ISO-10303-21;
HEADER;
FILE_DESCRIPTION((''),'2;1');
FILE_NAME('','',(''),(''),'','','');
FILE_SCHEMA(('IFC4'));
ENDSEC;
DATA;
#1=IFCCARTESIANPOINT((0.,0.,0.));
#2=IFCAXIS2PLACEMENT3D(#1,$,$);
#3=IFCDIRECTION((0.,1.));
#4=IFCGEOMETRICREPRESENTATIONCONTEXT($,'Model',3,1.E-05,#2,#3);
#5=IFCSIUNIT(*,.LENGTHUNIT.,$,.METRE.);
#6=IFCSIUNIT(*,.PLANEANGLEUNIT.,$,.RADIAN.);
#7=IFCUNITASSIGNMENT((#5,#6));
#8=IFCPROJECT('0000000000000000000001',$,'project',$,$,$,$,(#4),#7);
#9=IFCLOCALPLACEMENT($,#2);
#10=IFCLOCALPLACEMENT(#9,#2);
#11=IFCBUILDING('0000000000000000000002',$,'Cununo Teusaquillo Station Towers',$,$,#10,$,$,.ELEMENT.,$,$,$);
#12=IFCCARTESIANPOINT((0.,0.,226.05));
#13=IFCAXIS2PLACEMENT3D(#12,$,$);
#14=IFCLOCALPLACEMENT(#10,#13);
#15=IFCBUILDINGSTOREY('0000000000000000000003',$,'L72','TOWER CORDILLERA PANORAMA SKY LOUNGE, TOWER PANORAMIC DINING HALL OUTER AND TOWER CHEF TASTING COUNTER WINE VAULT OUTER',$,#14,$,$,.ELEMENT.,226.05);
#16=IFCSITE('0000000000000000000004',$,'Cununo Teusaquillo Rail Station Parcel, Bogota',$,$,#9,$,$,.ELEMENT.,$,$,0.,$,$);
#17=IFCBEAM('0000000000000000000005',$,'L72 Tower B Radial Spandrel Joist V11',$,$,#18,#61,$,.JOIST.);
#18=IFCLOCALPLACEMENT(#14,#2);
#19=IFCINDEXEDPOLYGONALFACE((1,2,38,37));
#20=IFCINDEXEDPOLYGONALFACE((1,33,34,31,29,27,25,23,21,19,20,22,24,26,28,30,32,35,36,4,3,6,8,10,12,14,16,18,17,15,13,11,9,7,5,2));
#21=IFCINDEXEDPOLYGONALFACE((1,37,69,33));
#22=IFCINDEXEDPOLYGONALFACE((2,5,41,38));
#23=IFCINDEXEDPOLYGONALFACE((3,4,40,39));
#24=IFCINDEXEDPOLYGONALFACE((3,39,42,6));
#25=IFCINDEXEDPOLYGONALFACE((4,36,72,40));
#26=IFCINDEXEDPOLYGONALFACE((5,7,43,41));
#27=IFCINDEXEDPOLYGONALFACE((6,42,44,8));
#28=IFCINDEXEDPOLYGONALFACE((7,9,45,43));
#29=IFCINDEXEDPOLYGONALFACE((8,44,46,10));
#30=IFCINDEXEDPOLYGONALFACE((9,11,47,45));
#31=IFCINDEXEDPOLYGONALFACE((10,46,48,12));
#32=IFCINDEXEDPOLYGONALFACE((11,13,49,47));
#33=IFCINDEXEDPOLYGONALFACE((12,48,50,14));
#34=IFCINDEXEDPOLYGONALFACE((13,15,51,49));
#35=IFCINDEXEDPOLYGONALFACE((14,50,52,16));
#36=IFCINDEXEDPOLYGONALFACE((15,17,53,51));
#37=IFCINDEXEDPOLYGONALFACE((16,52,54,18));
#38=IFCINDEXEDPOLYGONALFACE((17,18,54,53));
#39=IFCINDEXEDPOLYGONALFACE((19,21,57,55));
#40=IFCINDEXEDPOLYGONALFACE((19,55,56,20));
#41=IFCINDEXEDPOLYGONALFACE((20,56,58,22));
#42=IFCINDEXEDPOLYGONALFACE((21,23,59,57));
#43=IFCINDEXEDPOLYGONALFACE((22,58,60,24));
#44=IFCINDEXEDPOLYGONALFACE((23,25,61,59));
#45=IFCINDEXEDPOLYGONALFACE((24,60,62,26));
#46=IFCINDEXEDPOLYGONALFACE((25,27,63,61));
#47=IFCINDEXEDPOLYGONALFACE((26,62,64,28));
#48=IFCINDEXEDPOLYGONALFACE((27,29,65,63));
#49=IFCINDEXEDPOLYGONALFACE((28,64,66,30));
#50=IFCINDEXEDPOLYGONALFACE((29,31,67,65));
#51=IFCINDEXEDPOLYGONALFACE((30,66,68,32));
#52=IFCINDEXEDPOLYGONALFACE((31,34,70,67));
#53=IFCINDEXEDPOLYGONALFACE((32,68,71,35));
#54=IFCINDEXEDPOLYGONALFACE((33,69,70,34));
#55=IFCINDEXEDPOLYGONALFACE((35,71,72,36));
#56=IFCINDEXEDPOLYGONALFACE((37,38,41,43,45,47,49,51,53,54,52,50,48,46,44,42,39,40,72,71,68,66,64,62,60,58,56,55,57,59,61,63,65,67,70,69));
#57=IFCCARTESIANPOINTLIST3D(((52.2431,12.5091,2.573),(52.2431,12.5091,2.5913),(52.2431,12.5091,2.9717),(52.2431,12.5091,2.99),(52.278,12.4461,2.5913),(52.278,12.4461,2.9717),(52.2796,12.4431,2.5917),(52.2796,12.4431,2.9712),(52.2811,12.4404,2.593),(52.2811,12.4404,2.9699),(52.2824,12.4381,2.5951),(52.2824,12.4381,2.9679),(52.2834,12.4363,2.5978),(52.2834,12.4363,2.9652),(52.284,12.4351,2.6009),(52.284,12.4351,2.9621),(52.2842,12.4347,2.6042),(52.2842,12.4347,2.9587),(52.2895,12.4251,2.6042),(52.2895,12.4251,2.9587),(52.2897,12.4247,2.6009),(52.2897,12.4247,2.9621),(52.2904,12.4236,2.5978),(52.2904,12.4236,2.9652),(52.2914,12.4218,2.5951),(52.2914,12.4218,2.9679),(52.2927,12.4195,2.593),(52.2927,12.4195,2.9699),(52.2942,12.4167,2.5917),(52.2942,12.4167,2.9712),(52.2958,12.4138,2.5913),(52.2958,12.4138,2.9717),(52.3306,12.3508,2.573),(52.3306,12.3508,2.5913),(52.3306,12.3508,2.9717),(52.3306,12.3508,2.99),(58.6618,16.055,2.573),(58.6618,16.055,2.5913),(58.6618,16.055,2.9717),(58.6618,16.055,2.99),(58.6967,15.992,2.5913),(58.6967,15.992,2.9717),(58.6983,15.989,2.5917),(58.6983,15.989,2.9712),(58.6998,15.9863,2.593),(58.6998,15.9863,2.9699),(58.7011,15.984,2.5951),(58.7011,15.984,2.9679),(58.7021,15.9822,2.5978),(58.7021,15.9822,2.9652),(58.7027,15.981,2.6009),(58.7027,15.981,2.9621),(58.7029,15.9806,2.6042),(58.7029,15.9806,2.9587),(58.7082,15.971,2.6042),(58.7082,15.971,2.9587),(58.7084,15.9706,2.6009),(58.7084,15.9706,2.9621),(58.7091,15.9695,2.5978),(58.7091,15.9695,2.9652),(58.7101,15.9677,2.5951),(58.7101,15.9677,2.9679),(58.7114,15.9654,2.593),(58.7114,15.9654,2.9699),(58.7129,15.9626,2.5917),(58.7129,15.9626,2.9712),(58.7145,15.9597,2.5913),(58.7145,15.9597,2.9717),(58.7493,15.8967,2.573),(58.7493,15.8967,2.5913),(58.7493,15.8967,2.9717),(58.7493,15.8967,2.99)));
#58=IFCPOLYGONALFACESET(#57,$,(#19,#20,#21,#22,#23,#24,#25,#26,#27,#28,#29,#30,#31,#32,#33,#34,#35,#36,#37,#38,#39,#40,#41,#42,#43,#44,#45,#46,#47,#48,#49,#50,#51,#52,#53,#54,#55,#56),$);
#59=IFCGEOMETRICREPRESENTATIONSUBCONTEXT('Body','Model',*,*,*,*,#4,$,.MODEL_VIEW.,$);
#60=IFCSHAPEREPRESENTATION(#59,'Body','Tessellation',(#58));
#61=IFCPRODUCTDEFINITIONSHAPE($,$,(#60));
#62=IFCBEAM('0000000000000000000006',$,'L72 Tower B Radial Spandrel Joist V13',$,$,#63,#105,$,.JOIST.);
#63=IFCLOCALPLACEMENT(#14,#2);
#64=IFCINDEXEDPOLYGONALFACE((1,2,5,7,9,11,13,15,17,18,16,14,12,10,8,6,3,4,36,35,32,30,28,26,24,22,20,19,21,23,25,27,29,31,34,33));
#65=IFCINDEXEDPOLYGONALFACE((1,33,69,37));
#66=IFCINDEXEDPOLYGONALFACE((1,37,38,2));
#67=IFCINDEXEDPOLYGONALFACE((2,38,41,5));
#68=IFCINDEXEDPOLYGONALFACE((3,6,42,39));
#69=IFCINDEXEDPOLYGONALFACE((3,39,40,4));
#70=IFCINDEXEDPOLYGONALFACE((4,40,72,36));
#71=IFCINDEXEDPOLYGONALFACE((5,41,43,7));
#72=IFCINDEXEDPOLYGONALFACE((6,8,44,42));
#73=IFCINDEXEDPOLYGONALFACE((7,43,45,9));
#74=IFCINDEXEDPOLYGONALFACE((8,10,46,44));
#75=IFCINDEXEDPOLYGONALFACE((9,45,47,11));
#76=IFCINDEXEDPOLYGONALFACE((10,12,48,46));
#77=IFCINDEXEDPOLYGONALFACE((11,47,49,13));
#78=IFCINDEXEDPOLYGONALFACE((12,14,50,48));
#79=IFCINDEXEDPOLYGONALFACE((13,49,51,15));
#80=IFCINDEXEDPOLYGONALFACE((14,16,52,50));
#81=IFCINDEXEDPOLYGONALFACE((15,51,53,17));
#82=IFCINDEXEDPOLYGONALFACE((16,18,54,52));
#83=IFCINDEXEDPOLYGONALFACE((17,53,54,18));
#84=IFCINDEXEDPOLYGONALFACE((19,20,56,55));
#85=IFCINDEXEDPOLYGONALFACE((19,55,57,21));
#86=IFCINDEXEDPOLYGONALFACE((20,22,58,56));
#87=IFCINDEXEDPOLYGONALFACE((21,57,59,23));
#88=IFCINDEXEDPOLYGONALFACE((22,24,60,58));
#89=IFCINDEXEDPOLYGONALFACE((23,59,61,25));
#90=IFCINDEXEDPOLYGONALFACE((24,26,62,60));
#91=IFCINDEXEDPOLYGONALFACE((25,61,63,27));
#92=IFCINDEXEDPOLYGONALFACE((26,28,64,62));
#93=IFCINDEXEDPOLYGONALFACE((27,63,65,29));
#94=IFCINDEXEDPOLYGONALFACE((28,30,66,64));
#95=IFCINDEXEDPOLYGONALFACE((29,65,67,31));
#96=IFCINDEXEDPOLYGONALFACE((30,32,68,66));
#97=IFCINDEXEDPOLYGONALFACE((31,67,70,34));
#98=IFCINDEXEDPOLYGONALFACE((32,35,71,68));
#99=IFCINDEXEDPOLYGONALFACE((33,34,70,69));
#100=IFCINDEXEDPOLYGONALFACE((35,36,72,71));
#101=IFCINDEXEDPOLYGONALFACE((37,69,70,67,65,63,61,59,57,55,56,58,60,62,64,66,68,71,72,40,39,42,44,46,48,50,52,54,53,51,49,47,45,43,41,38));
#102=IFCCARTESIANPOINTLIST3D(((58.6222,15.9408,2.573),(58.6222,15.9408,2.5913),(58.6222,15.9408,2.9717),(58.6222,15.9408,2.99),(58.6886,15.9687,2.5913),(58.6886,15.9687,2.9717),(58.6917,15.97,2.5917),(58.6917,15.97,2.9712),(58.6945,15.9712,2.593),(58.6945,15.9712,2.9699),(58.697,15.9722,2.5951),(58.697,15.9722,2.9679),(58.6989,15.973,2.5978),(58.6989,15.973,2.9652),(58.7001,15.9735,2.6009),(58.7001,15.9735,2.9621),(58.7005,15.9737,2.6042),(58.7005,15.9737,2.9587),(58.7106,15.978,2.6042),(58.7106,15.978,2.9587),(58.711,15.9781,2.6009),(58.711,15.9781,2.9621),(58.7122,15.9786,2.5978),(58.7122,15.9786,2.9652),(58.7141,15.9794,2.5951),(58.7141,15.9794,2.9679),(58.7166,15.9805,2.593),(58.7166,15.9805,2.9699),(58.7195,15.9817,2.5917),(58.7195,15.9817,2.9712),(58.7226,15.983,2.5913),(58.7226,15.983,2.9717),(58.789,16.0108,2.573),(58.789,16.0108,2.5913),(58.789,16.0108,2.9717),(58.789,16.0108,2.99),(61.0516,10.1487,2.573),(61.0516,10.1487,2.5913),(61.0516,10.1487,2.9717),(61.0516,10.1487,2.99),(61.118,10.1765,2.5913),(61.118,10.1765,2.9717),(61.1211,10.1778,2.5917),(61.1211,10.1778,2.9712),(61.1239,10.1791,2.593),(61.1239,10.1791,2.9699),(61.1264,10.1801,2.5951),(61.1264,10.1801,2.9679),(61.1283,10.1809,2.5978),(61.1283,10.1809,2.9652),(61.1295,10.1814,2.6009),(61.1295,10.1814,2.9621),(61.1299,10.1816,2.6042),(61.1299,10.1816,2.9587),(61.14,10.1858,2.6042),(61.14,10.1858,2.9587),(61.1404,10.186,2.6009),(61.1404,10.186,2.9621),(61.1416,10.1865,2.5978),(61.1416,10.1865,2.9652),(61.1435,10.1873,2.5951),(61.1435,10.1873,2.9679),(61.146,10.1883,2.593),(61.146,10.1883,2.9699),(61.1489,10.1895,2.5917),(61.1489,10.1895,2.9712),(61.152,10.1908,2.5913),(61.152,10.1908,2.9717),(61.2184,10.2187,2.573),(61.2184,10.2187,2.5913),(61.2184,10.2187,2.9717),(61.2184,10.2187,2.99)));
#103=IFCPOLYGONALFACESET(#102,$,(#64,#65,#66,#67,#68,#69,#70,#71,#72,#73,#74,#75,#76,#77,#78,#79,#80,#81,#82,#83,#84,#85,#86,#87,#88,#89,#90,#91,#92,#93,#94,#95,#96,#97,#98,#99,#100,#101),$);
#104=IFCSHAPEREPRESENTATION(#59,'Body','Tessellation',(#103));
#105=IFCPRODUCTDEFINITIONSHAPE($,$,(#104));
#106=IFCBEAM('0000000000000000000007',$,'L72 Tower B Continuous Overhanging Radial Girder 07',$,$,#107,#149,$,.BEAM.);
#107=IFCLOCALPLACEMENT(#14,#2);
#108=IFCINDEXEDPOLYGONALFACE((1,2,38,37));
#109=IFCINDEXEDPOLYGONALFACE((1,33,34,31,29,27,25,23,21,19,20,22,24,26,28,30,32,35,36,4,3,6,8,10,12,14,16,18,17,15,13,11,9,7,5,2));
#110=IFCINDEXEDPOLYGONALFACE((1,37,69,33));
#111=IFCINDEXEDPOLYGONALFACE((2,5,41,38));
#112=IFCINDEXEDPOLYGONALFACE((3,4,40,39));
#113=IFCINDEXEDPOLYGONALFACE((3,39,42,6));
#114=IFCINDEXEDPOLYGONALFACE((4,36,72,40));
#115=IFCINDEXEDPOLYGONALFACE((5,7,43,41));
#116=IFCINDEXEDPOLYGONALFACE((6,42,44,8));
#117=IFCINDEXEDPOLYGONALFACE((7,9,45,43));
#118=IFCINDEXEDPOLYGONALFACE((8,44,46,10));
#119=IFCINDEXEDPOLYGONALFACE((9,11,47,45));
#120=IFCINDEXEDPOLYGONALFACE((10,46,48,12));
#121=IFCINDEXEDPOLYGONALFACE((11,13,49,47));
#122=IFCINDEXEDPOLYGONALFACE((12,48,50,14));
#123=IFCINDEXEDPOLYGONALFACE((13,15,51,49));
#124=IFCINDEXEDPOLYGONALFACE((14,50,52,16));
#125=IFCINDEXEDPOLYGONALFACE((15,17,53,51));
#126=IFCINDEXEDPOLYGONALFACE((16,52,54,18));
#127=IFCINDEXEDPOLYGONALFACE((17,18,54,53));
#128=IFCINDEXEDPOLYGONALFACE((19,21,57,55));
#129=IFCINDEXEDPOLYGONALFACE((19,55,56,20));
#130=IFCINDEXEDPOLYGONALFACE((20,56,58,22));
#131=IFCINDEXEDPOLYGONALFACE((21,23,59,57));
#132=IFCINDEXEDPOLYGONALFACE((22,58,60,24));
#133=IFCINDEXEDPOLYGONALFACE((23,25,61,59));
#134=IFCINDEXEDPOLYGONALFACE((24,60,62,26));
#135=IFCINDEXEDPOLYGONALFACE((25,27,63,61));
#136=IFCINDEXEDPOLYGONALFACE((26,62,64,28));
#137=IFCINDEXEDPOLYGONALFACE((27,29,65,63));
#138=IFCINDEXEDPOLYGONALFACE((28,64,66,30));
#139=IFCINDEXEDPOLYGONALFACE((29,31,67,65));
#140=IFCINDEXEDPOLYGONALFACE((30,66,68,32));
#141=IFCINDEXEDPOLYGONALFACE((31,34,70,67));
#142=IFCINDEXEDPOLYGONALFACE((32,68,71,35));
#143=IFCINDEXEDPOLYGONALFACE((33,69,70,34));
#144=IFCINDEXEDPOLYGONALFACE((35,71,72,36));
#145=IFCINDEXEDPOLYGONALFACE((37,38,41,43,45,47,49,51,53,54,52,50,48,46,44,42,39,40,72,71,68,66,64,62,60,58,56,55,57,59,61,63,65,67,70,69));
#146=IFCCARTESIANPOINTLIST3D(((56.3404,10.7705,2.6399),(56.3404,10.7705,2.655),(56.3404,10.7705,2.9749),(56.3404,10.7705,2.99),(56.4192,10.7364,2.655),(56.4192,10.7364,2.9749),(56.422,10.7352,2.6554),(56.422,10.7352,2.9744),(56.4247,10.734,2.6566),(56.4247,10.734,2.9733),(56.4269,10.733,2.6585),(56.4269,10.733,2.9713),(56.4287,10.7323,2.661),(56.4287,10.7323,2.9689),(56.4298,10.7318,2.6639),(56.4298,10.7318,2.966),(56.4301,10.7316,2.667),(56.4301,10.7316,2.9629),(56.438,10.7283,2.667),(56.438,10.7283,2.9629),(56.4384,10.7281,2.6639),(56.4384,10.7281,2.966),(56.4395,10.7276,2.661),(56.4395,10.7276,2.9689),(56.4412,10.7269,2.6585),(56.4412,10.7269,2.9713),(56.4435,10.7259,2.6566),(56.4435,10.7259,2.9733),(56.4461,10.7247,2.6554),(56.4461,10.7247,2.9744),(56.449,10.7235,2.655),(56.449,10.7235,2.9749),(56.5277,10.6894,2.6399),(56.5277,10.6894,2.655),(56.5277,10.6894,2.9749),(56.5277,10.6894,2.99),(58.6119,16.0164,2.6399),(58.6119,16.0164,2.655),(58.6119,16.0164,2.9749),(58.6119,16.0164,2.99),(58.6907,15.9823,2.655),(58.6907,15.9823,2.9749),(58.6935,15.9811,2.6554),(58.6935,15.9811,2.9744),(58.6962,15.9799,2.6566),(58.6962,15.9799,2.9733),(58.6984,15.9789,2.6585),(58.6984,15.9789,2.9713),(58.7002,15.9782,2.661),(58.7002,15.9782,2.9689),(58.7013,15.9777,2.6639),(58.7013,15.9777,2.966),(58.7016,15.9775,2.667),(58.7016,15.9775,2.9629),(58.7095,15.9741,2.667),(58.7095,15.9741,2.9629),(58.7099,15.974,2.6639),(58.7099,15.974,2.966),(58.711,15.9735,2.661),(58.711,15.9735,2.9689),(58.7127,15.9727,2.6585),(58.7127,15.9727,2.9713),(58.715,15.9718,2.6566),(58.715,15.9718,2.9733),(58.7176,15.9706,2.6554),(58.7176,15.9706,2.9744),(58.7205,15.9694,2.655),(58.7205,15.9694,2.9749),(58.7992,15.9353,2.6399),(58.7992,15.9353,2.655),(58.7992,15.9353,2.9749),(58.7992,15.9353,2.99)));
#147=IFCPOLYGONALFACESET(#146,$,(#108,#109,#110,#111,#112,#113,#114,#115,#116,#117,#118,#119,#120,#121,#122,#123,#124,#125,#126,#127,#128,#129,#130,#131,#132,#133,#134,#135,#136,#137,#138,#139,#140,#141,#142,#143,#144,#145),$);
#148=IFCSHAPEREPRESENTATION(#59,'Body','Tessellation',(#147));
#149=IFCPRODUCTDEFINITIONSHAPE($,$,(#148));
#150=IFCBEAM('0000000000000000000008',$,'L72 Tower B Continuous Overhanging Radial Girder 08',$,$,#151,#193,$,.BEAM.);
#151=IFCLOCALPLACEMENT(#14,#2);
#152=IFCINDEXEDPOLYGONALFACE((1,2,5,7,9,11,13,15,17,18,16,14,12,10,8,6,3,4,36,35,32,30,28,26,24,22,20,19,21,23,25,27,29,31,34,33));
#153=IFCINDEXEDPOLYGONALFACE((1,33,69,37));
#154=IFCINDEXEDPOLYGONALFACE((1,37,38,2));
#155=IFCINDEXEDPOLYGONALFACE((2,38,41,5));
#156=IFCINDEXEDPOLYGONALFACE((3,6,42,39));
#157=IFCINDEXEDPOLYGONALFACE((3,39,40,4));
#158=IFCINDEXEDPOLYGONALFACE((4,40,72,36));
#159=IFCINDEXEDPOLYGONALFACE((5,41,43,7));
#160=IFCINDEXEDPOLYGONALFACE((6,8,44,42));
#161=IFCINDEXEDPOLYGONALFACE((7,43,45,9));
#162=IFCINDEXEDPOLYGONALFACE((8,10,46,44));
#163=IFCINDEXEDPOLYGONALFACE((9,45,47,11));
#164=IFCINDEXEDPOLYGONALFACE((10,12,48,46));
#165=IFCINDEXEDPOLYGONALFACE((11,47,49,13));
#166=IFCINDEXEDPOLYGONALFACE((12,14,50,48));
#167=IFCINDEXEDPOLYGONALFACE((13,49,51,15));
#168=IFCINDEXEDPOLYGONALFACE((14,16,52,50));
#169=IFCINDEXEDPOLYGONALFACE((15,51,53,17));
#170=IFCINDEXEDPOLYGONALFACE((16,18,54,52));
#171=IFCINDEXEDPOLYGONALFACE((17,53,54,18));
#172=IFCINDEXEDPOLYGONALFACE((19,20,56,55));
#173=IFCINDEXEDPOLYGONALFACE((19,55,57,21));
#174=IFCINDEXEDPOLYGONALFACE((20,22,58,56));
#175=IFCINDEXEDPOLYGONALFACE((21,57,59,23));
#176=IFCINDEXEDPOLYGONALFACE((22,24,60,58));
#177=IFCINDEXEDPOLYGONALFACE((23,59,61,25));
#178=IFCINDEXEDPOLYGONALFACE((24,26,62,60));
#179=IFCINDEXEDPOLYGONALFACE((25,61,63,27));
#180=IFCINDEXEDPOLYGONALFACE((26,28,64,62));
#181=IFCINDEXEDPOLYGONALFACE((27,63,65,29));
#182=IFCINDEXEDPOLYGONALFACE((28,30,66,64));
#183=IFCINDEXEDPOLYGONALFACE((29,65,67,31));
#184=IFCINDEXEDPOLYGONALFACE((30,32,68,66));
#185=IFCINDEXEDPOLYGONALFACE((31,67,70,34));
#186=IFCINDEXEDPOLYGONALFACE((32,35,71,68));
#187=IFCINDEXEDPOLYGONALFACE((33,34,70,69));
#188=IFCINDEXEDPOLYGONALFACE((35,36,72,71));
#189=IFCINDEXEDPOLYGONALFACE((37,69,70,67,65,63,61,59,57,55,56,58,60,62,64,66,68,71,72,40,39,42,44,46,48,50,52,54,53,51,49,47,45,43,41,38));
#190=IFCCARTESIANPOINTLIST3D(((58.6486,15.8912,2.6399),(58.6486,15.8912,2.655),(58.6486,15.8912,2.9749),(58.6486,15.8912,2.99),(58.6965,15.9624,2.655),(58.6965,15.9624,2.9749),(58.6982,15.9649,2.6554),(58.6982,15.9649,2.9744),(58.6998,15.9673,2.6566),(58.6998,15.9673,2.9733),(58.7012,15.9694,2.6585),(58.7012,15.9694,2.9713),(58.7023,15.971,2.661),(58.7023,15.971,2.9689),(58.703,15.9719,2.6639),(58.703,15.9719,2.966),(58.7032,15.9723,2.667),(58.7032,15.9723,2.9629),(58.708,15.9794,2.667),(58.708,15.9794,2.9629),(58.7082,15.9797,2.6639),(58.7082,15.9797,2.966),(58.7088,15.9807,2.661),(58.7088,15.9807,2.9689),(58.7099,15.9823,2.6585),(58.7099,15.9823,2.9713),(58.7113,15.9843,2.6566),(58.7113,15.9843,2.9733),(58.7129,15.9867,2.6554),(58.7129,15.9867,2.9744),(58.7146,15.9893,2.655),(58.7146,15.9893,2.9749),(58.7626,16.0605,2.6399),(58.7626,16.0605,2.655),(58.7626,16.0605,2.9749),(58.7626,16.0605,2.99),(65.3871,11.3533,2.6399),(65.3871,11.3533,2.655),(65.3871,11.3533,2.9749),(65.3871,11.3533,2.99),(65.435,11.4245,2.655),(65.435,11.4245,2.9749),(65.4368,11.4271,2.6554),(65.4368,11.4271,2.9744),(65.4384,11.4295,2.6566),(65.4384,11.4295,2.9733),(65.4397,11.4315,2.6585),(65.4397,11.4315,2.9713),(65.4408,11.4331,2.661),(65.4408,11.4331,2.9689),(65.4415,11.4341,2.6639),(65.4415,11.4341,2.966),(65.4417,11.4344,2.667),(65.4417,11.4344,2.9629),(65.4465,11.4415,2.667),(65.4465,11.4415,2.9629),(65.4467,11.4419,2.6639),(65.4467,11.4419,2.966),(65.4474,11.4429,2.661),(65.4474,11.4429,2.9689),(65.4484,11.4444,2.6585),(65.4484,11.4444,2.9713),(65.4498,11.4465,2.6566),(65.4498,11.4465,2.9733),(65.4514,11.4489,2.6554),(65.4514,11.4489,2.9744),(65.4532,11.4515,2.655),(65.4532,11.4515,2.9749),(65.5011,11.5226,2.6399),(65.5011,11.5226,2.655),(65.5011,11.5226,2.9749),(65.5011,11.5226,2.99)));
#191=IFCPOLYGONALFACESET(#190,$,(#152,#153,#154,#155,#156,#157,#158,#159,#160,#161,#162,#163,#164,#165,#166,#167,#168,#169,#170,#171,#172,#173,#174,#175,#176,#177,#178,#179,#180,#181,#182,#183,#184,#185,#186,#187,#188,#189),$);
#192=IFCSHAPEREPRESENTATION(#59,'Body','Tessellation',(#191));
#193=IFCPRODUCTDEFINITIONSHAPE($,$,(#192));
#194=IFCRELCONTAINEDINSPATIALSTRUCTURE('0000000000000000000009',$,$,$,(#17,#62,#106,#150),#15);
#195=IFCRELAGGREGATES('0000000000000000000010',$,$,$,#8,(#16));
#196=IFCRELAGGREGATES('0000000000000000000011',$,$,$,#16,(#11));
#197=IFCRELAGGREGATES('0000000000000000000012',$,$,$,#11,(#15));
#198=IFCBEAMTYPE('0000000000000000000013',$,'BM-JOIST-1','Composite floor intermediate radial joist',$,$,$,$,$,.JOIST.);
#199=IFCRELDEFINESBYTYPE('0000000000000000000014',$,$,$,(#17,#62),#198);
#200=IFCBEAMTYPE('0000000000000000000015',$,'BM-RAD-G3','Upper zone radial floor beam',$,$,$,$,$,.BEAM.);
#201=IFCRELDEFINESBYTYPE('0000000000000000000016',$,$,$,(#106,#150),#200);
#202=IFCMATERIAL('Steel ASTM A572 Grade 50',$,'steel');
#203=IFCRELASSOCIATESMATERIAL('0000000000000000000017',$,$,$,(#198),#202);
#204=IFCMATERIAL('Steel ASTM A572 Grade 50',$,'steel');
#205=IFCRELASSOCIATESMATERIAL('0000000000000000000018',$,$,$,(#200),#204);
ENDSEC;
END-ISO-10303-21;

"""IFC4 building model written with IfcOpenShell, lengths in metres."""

from ifc_helpers import new_model, si_unit, direction, frame, origin, origin_2d, place, context, subcontext, project, spatial, i_section, extrude, material, material_profile, profile_set, type_object, element, save


model = new_model("IFC4")

# Units and contexts
model_context = context("Model", 3, precision=1e-05, world=origin(), true_north=direction((0.0, 1.0)))
body_context = subcontext(model_context, "Body", "Model", "MODEL_VIEW")
ifc_project = project(units=[si_unit("LENGTHUNIT", "METRE"), si_unit("PLANEANGLEUNIT", "RADIAN")], contexts=[model_context])

# Site, building, storey
site_placement = place(None, origin())
site = spatial("IfcSite", under=ifc_project, at=site_placement, Name="Cununo Teusaquillo Rail Station Parcel, Bogota", CompositionType="ELEMENT", RefElevation=0.0)
building_placement = place(site_placement, origin())
building = spatial("IfcBuilding", under=site, at=building_placement, Name="Cununo Teusaquillo Station Towers", CompositionType="ELEMENT")
storey_placement = place(building_placement, frame((0.0, 0.0, 226.05)))
storey = spatial("IfcBuildingStorey", under=building, at=storey_placement, Name="L72", Description="TOWER CORDILLERA PANORAMA SKY LOUNGE, TOWER PANORAMIC DINING HALL OUTER AND TOWER CHEF TASTING COUNTER WINE VAULT OUTER", CompositionType="ELEMENT", Elevation=226.05)

# Beams
ifc_material_1 = material(Name="Steel ASTM A572 Grade 50", Category="steel")
ifc_material_profile_1 = material_profile(ifc_material_1, i_section(OverallWidth=0.1809, OverallDepth=0.417, WebThickness=0.011, FlangeThickness=0.0183, FilletRadius=0.0129, at=origin_2d()), Name="W16X57")
ifc_profile_set_1 = profile_set([ifc_material_profile_1], Name="Steel ASTM A572 Grade 50")
beam_type_1 = type_object("IfcBeamType", Name="BM-JOIST-1", Description="Composite floor intermediate radial joist", PredefinedType="JOIST", material=ifc_profile_set_1)
beam_1_placement = place(storey_placement, frame((58.7056, 15.9758, 2.7815), z_axis=(-0.875315, -0.483553, 0.0), x_axis=(0.483553, -0.875315, 0.0)))
element("IfcBeam", 1, at=beam_1_placement, inside=storey, type_object=beam_type_1, Name="L72 Tower B Radial Spandrel Joist V11", PredefinedType="JOIST", context=body_context, shape_type="SweptSolid", body=[
    extrude(i_section(OverallWidth=0.1809, OverallDepth=0.417, WebThickness=0.011, FlangeThickness=0.0183, FilletRadius=0.0129, at=origin_2d()), origin(), (0.0, 0.0, 1.0), 7.333),
])
beam_2_placement = place(storey_placement, frame((58.7056, 15.9758, 2.7815), z_axis=(0.386786, -0.922169, 0.0), x_axis=(0.922169, 0.386786, 0.0)))
element("IfcBeam", 2, at=beam_2_placement, inside=storey, type_object=beam_type_1, Name="L72 Tower B Radial Spandrel Joist V13", PredefinedType="JOIST", context=body_context, shape_type="SweptSolid", body=[
    extrude(i_section(OverallWidth=0.1809, OverallDepth=0.417, WebThickness=0.011, FlangeThickness=0.0183, FilletRadius=0.0129, at=origin_2d()), origin(), (0.0, 0.0, 1.0), 6.281),
])
ifc_material_2 = material(Name="Steel ASTM A572 Grade 50", Category="steel")
ifc_material_profile_2 = material_profile(ifc_material_2, i_section(OverallWidth=0.2041, OverallDepth=0.3501, WebThickness=0.0085, FlangeThickness=0.0151, FilletRadius=0.012, at=origin_2d()), Name="W14X48")
ifc_profile_set_2 = profile_set([ifc_material_profile_2], Name="Steel ASTM A572 Grade 50")
beam_type_2 = type_object("IfcBeamType", Name="BM-RAD-G3", Description="Upper zone radial floor beam", PredefinedType="BEAM", material=ifc_profile_set_2)
beam_3_placement = place(storey_placement, frame((58.7056, 15.9758, 2.8149), z_axis=(-0.397355, -0.917665, 0.0), x_axis=(0.917665, -0.397355, 0.0)))
element("IfcBeam", 3, at=beam_3_placement, inside=storey, type_object=beam_type_2, Name="L72 Tower B Continuous Overhanging Radial Girder 07", PredefinedType="BEAM", context=body_context, shape_type="SweptSolid", body=[
    extrude(i_section(OverallWidth=0.2041, OverallDepth=0.3501, WebThickness=0.0085, FlangeThickness=0.0151, FilletRadius=0.012, at=origin_2d()), origin(), (0.0, 0.0, 1.0), 5.7166),
])
beam_4_placement = place(storey_placement, frame((58.7056, 15.9758, 2.8149), z_axis=(0.829457, -0.558571, 0.0), x_axis=(0.558571, 0.829457, 0.0)))
element("IfcBeam", 4, at=beam_4_placement, inside=storey, type_object=beam_type_2, Name="L72 Tower B Continuous Overhanging Radial Girder 08", PredefinedType="BEAM", context=body_context, shape_type="SweptSolid", body=[
    extrude(i_section(OverallWidth=0.2041, OverallDepth=0.3501, WebThickness=0.0085, FlangeThickness=0.0151, FilletRadius=0.012, at=origin_2d()), origin(), (0.0, 0.0, 1.0), 8.124),
])

save(model, "model.ifc")
